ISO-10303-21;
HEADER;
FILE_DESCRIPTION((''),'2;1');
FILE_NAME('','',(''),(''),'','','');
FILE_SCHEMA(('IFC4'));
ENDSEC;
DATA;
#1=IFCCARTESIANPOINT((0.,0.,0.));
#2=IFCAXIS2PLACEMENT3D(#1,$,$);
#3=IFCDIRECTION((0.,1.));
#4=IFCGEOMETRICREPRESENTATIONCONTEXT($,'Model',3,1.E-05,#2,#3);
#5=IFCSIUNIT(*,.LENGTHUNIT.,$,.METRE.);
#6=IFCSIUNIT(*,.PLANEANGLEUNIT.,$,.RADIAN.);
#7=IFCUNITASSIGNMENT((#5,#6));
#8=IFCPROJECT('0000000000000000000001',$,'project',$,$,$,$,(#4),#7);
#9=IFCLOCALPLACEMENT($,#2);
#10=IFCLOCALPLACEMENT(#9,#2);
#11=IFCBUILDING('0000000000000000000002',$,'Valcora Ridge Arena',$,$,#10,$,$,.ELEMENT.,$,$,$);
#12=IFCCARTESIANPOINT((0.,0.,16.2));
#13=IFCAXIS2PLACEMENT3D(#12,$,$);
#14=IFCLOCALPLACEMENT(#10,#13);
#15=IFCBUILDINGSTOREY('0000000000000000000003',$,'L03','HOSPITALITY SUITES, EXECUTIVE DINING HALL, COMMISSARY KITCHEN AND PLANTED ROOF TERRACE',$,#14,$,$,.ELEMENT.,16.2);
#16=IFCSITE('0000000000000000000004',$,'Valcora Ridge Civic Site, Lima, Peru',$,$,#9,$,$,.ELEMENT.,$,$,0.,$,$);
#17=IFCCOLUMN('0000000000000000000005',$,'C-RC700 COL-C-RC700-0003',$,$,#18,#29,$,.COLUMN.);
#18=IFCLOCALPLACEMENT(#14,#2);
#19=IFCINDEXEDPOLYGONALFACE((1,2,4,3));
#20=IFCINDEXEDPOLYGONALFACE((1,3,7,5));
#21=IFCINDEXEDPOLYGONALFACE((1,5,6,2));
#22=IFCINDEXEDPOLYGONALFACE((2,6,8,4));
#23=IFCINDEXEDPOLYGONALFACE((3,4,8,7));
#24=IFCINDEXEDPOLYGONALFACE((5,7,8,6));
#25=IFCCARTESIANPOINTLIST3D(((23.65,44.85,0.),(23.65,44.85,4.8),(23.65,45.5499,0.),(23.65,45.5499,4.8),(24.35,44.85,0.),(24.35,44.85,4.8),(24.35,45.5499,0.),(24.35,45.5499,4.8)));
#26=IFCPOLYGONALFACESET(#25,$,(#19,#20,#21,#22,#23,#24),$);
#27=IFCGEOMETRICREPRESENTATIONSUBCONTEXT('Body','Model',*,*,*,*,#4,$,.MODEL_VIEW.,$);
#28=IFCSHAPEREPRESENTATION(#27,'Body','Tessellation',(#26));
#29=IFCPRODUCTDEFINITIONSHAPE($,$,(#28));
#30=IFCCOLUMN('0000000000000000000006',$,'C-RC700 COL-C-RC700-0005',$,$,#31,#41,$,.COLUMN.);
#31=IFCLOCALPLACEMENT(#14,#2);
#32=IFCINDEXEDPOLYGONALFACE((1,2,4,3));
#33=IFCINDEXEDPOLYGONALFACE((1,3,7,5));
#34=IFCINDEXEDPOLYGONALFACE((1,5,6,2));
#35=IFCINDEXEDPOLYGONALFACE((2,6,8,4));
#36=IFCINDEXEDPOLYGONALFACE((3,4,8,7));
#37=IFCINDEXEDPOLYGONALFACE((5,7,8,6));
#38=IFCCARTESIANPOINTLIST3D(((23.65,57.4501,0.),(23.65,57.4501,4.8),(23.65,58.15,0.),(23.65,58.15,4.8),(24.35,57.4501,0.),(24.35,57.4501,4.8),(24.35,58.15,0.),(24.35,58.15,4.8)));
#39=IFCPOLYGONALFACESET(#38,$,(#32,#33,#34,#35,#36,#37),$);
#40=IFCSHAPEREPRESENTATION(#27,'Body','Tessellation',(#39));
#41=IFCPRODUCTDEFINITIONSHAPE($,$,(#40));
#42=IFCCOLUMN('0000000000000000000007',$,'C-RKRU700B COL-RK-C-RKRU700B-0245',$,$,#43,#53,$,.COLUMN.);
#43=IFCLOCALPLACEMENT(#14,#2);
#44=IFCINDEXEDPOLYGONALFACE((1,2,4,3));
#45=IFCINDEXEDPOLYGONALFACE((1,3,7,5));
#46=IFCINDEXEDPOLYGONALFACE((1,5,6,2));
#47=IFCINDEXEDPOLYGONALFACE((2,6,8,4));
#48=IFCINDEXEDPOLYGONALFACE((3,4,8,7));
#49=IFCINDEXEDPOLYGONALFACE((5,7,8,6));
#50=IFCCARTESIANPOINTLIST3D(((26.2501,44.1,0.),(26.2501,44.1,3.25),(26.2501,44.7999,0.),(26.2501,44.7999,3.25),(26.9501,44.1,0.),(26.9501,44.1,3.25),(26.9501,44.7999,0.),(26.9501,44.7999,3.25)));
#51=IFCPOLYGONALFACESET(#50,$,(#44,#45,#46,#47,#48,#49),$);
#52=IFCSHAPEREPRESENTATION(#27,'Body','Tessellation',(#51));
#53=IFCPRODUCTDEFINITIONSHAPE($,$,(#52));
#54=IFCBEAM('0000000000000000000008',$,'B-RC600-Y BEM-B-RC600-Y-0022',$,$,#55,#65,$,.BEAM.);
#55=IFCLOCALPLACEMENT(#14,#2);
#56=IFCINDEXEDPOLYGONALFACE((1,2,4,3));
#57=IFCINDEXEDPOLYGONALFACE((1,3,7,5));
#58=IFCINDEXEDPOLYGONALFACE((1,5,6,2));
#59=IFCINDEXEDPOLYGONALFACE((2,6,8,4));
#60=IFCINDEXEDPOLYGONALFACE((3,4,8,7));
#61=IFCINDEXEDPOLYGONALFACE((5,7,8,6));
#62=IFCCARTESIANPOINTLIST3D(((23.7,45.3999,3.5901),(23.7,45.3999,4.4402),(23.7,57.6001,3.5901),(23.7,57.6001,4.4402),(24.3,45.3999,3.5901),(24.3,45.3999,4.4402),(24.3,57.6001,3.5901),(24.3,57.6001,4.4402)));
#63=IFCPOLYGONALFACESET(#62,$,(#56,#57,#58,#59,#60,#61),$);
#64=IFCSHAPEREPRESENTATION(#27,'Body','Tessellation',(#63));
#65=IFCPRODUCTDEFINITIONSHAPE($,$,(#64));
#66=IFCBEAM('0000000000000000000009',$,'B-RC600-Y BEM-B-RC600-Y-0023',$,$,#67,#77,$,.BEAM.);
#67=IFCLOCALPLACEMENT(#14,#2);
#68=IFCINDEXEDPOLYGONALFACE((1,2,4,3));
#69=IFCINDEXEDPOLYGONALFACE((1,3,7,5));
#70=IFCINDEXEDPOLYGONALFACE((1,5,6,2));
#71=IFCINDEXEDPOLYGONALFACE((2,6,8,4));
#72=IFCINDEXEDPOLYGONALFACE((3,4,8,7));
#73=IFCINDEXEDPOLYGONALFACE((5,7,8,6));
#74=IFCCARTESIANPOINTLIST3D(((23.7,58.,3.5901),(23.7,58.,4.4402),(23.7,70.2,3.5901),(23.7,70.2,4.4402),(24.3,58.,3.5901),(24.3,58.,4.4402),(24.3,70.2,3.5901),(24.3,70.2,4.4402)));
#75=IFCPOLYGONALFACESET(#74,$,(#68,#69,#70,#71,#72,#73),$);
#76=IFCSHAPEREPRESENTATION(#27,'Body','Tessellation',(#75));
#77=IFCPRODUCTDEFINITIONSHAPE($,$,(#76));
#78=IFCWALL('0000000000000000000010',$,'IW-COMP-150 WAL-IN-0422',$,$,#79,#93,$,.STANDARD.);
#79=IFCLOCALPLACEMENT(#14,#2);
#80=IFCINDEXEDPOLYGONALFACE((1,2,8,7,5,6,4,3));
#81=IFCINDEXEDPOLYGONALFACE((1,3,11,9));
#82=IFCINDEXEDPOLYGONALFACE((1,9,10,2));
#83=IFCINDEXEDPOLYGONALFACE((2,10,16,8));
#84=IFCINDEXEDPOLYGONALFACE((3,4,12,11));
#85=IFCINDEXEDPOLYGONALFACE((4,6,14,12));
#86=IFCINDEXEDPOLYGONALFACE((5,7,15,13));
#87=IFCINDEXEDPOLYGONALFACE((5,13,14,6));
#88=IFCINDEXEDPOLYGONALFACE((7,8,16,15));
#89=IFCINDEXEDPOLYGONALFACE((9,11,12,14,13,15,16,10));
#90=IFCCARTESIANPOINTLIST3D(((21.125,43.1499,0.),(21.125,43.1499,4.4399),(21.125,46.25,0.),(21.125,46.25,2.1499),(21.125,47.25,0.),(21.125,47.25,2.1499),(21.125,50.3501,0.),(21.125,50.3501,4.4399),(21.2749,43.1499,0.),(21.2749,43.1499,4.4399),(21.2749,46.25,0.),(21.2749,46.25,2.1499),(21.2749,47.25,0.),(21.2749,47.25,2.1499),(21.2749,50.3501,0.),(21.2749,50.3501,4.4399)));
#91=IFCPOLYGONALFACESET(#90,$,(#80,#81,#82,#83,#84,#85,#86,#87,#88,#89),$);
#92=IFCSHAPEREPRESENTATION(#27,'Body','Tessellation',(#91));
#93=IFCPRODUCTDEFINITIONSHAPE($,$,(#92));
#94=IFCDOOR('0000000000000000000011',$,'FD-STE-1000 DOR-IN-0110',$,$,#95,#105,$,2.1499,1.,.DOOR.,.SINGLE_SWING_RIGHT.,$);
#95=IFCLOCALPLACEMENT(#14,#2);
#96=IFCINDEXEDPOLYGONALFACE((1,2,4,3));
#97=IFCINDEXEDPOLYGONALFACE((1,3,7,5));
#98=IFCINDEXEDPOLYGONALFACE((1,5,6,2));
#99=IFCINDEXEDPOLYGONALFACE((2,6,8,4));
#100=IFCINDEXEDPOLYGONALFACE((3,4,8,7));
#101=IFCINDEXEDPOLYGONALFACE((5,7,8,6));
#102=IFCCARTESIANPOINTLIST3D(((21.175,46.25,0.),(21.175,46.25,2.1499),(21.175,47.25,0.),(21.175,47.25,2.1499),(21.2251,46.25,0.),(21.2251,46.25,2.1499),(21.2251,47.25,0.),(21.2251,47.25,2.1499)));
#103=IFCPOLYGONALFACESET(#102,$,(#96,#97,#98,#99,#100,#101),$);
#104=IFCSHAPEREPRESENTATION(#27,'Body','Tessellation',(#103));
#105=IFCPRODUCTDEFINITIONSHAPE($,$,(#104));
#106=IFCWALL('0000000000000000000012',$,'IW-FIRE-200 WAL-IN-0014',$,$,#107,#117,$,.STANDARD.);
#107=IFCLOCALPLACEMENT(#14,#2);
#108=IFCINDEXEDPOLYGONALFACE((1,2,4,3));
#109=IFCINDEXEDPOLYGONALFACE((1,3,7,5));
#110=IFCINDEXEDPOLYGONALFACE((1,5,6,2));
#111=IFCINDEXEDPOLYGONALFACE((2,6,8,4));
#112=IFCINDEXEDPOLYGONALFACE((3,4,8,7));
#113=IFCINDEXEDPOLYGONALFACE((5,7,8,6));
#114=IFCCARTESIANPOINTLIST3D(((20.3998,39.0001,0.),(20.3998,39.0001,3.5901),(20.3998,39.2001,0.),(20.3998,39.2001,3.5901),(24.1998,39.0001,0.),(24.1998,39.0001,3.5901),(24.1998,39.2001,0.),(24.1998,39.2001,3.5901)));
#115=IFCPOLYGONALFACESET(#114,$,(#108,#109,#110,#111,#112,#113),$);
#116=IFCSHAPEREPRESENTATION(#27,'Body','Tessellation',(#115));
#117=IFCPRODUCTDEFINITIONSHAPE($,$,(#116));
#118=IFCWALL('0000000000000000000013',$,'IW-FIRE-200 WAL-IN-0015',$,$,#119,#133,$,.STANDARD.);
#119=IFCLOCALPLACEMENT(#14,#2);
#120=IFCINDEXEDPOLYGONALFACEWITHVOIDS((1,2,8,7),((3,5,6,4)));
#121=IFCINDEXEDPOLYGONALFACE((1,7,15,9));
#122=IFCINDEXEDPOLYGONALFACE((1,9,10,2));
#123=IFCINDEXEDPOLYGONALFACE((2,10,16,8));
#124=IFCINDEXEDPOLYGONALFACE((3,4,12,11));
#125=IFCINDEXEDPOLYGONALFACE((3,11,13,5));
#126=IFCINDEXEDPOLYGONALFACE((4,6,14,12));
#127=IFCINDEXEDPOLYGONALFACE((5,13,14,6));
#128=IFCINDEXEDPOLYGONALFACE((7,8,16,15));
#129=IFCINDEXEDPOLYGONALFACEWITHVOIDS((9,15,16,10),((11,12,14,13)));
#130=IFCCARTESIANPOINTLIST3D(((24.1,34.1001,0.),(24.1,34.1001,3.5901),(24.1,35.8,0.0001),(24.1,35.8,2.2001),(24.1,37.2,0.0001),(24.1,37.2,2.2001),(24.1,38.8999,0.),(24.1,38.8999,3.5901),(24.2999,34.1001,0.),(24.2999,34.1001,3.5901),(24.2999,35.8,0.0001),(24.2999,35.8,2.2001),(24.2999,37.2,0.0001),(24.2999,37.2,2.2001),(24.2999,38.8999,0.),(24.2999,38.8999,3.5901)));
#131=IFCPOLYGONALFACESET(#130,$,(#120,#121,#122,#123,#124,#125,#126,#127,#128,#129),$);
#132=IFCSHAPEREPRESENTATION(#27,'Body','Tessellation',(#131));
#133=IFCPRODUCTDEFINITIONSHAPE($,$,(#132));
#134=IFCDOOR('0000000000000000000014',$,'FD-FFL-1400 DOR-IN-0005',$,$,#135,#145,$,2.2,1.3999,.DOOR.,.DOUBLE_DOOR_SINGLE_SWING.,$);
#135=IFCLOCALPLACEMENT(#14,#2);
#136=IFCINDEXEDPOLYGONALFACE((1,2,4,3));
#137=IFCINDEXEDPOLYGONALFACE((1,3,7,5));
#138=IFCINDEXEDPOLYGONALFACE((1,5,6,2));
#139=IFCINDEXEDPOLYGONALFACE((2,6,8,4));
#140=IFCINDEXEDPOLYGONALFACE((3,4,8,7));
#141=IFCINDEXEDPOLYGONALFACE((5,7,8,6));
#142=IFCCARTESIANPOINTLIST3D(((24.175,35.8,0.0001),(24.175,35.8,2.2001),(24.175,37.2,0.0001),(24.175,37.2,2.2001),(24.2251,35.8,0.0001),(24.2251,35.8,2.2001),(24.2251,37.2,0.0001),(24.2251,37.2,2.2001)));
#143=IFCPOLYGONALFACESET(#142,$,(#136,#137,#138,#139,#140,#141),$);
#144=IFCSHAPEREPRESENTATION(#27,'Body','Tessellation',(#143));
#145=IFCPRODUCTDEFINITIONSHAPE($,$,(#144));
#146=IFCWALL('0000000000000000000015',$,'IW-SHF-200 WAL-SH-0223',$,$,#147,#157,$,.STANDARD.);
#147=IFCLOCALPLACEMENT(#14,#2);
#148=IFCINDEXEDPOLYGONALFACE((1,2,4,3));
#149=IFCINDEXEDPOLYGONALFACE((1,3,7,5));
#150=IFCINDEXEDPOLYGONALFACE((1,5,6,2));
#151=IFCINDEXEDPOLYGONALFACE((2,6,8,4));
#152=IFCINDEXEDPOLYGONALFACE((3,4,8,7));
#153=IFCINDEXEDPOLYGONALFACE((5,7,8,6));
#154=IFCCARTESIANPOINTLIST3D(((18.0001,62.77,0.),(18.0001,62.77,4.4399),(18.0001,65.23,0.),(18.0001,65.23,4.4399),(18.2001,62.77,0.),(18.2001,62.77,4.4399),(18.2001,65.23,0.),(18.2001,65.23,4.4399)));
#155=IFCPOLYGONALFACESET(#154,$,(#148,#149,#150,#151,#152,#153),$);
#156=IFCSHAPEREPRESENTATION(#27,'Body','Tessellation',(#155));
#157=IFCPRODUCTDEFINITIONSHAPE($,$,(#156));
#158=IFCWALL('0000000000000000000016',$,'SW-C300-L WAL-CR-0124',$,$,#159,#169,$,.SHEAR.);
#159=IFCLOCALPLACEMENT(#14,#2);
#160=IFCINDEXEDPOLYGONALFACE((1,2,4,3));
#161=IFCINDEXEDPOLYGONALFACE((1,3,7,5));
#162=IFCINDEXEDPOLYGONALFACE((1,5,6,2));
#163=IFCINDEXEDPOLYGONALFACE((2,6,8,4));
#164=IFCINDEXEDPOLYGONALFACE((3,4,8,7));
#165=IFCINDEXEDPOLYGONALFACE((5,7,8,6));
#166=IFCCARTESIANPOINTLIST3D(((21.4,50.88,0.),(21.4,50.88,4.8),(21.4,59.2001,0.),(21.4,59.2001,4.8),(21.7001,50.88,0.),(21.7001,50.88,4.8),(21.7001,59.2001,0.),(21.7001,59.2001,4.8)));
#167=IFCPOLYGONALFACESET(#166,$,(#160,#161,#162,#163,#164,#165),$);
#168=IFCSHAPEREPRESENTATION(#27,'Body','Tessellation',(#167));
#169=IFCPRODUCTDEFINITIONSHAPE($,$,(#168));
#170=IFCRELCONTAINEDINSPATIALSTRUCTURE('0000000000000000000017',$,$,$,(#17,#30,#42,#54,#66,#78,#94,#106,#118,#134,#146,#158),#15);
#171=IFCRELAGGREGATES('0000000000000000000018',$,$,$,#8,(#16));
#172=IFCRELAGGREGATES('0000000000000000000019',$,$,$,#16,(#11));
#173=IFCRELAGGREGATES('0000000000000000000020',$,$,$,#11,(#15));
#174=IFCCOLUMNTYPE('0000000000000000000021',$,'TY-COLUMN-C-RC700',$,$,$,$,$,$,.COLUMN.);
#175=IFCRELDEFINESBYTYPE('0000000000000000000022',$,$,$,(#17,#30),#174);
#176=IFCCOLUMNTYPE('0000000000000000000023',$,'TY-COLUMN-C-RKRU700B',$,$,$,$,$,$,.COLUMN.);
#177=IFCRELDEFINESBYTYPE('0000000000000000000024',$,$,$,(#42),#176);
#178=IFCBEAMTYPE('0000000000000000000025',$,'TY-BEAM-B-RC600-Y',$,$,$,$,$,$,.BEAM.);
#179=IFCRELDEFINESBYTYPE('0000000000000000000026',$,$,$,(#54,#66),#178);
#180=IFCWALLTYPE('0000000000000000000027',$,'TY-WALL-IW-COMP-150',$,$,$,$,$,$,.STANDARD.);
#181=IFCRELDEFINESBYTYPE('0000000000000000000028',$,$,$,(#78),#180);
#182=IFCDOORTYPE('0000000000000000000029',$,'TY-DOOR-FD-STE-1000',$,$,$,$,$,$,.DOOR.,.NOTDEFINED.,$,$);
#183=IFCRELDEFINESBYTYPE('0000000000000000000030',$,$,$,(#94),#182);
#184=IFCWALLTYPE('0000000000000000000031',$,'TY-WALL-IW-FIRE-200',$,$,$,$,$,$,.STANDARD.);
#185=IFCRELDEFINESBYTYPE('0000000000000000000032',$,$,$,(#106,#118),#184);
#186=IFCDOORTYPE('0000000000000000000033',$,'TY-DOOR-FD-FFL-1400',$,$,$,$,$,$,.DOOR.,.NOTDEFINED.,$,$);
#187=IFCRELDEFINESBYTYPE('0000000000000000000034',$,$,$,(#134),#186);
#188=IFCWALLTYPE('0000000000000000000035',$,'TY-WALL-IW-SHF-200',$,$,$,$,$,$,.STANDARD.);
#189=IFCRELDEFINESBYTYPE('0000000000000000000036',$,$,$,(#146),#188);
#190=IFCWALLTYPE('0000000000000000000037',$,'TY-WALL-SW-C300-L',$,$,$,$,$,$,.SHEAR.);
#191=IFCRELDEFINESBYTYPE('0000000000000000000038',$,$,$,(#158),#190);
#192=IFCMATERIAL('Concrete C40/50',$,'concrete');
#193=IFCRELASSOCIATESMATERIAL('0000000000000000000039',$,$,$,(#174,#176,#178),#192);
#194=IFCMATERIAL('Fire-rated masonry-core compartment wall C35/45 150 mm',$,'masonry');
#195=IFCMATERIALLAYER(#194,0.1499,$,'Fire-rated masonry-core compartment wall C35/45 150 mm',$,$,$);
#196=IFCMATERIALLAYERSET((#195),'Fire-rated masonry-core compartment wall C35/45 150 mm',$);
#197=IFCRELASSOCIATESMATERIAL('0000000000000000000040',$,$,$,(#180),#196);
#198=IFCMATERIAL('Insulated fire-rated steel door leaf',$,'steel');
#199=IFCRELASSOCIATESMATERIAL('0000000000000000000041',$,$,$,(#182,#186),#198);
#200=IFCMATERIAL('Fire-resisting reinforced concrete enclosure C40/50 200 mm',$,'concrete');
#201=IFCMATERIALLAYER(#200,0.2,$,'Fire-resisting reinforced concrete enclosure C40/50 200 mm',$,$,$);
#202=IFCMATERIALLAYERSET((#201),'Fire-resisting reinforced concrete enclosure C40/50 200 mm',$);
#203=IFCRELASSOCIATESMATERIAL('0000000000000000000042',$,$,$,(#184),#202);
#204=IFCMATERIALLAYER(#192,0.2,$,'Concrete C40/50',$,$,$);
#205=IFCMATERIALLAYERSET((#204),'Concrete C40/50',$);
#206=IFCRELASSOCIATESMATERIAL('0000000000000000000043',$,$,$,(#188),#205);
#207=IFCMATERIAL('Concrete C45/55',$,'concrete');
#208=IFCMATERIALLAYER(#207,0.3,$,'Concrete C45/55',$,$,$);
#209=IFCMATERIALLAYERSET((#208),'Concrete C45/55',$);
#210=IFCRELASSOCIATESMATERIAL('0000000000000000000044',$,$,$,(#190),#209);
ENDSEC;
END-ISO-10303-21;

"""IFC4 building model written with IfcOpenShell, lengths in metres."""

from ifc_helpers import new_model, si_unit, direction, frame, frame_2d, origin, origin_2d, place, context, subcontext, project, spatial, rectangle, extrude, material, layer, layer_set, material_profile, profile_set, type_object, element, fill, save


model = new_model("IFC4")

# Units and contexts
model_context = context("Model", 3, precision=1e-05, world=origin(), true_north=direction((0.0, 1.0)))
body_context = subcontext(model_context, "Body", "Model", "MODEL_VIEW")
ifc_project = project(units=[si_unit("LENGTHUNIT", "METRE"), si_unit("PLANEANGLEUNIT", "RADIAN")], contexts=[model_context])

# Site, building, storey
site_placement = place(None, origin())
site = spatial("IfcSite", under=ifc_project, at=site_placement, Name="Valcora Ridge Civic Site, Lima, Peru", CompositionType="ELEMENT", RefElevation=0.0)
building_placement = place(site_placement, origin())
building = spatial("IfcBuilding", under=site, at=building_placement, Name="Valcora Ridge Arena", CompositionType="ELEMENT")
storey_placement = place(building_placement, frame((0.0, 0.0, 16.2)))
storey = spatial("IfcBuildingStorey", under=building, at=storey_placement, Name="L03", Description="HOSPITALITY SUITES, EXECUTIVE DINING HALL, COMMISSARY KITCHEN AND PLANTED ROOF TERRACE", CompositionType="ELEMENT", Elevation=16.2)

# Columns
ifc_material_1 = material(Name="Concrete C40/50", Category="concrete")
ifc_material_profile_1 = material_profile(ifc_material_1, rectangle(XDim=0.7, YDim=0.7, at=origin_2d()), Name="RC 700x700")
ifc_profile_set_1 = profile_set([ifc_material_profile_1], Name="Concrete C40/50")
column_type_1 = type_object("IfcColumnType", Name="TY-COLUMN-C-RC700", PredefinedType="COLUMN", material=ifc_profile_set_1)
for number, where, z_axis, x_axis, name in (
    (1, (24.0, 45.2, 0.0), (0.0, 0.0, 1.0), (1.0, 0.0, 0.0), "C-RC700 COL-C-RC700-0003"),
    (2, (24.0, 57.8, 0.0), (0.0, 0.0, 1.0), (1.0, 0.0, 0.0), "C-RC700 COL-C-RC700-0005"),
):
    element("IfcColumn", number, at=place(storey_placement, frame(where, z_axis=z_axis, x_axis=x_axis)), inside=storey, type_object=column_type_1, Name=name, PredefinedType="COLUMN", context=body_context, shape_type="SweptSolid", body=[
        extrude(rectangle(XDim=0.7, YDim=0.7, at=origin_2d()), origin(), (0.0, 0.0, 1.0), 4.8),
    ])
ifc_material_profile_2 = material_profile(ifc_material_1, rectangle(XDim=0.7, YDim=0.7, at=origin_2d()), Name="RC 700x700")
ifc_profile_set_2 = profile_set([ifc_material_profile_2], Name="Concrete C40/50")
column_type_2 = type_object("IfcColumnType", Name="TY-COLUMN-C-RKRU700B", PredefinedType="COLUMN", material=ifc_profile_set_2)
column_placement = place(storey_placement, frame((26.6001, 44.45, 0.0), z_axis=(0.0, 0.0, 1.0), x_axis=(1.0, 0.0, 0.0)))
element("IfcColumn", 3, at=column_placement, inside=storey, type_object=column_type_2, Name="C-RKRU700B COL-RK-C-RKRU700B-0245", PredefinedType="COLUMN", context=body_context, shape_type="SweptSolid", body=[
    extrude(rectangle(XDim=0.7, YDim=0.7, at=origin_2d()), origin(), (0.0, 0.0, 1.0), 3.25),
])

# Beams
ifc_material_profile_3 = material_profile(ifc_material_1, rectangle(XDim=0.6001, YDim=0.8501, at=origin_2d()), Name="RC 600x850")
ifc_profile_set_3 = profile_set([ifc_material_profile_3], Name="Concrete C40/50")
beam_type = type_object("IfcBeamType", Name="TY-BEAM-B-RC600-Y", PredefinedType="BEAM", material=ifc_profile_set_3)
beam_1_placement = place(storey_placement, frame((24.0, 45.3999, 4.0151), z_axis=(0.0, 1.0, 0.0), x_axis=(-1.0, 0.0, 0.0)))
element("IfcBeam", 4, at=beam_1_placement, inside=storey, type_object=beam_type, Name="B-RC600-Y BEM-B-RC600-Y-0022", PredefinedType="BEAM", context=body_context, shape_type="SweptSolid", body=[
    extrude(rectangle(XDim=0.6001, YDim=0.8501, at=origin_2d()), origin(), (0.0, 0.0, 1.0), 12.2002),
])
beam_2_placement = place(storey_placement, frame((24.0, 58.0, 4.0151), z_axis=(0.0, 1.0, 0.0), x_axis=(-1.0, 0.0, 0.0)))
element("IfcBeam", 5, at=beam_2_placement, inside=storey, type_object=beam_type, Name="B-RC600-Y BEM-B-RC600-Y-0023", PredefinedType="BEAM", context=body_context, shape_type="SweptSolid", body=[
    extrude(rectangle(XDim=0.6001, YDim=0.8501, at=origin_2d()), origin(), (0.0, 0.0, 1.0), 12.2),
])

# Wall, opening, door
ifc_material_2 = material(Name="Fire-rated masonry-core compartment wall C35/45 150 mm", Category="masonry")
ifc_layer_1 = layer(ifc_material_2, 0.1499, Name="Fire-rated masonry-core compartment wall C35/45 150 mm")
ifc_layer_set_1 = layer_set([ifc_layer_1], Name="Fire-rated masonry-core compartment wall C35/45 150 mm")
wall_type_1 = type_object("IfcWallType", Name="TY-WALL-IW-COMP-150", PredefinedType="STANDARD", material=ifc_layer_set_1)
wall_1_placement = place(storey_placement, frame((21.2, 43.1499, 0.0), z_axis=(0.0, 0.0, 1.0), x_axis=(0.0, 1.0, 0.0)))
wall_1 = element("IfcWall", 6, at=wall_1_placement, inside=storey, type_object=wall_type_1, Name="IW-COMP-150 WAL-IN-0422", PredefinedType="STANDARD", context=body_context, shape_type="SweptSolid", body=[
    extrude(rectangle(XDim=7.2002, YDim=0.1499, at=frame_2d((3.6001, 0.0))), origin(), (0.0, 0.0, 1.0), 4.4399),
])
opening_1_placement = place(wall_1_placement, frame((3.1001, 0.0, 0.0)))
opening_1 = element("IfcOpeningElement", 7, at=opening_1_placement, cuts=wall_1, PredefinedType="OPENING", context=body_context, shape_type="SweptSolid", body=[
    extrude(rectangle(XDim=1.0, YDim=2.1499, at=frame_2d((0.5, 1.075))), frame((0.0, 0.085, 0.0), z_axis=(0.0, -1.0, 0.0), x_axis=(1.0, 0.0, 0.0)), (0.0, 0.0, 1.0), 0.1699),
])
ifc_material_3 = material(Name="Insulated fire-rated steel door leaf", Category="steel")
door_type_1 = type_object("IfcDoorType", Name="TY-DOOR-FD-STE-1000", OperationType="NOTDEFINED", PredefinedType="DOOR", material=ifc_material_3)
door_1_placement = place(opening_1_placement, origin())
door_1 = element("IfcDoor", 8, at=door_1_placement, inside=storey, type_object=door_type_1, Name="FD-STE-1000 DOR-IN-0110", OperationType="SINGLE_SWING_RIGHT", OverallHeight=2.1499, OverallWidth=1.0, PredefinedType="DOOR", context=body_context, shape_type="SweptSolid", body=[
    extrude(rectangle(XDim=1.0, YDim=2.1499, at=frame_2d((0.5, 1.075))), frame((0.0, 0.0249, 0.0), z_axis=(0.0, -1.0, 0.0), x_axis=(1.0, 0.0, 0.0)), (0.0, 0.0, 1.0), 0.05),
])
fill(opening_1, door_1)

# Wall
ifc_material_4 = material(Name="Fire-resisting reinforced concrete enclosure C40/50 200 mm", Category="concrete")
ifc_layer_2 = layer(ifc_material_4, 0.2, Name="Fire-resisting reinforced concrete enclosure C40/50 200 mm")
ifc_layer_set_2 = layer_set([ifc_layer_2], Name="Fire-resisting reinforced concrete enclosure C40/50 200 mm")
wall_type_2 = type_object("IfcWallType", Name="TY-WALL-IW-FIRE-200", PredefinedType="STANDARD", material=ifc_layer_set_2)
wall_2_placement = place(storey_placement, frame((20.3999, 39.1001, 0.0), z_axis=(0.0, 0.0, 1.0), x_axis=(1.0, 0.0, 0.0)))
element("IfcWall", 9, at=wall_2_placement, inside=storey, type_object=wall_type_2, Name="IW-FIRE-200 WAL-IN-0014", PredefinedType="STANDARD", context=body_context, shape_type="SweptSolid", body=[
    extrude(rectangle(XDim=3.8, YDim=0.2, at=frame_2d((1.8999, 0.0))), origin(), (0.0, 0.0, 1.0), 3.5901),
])

# Wall, opening, door
wall_3_placement = place(storey_placement, frame((24.2, 34.1001, 0.0), z_axis=(0.0, 0.0, 1.0), x_axis=(0.0, 1.0, 0.0)))
wall_3 = element("IfcWall", 10, at=wall_3_placement, inside=storey, type_object=wall_type_2, Name="IW-FIRE-200 WAL-IN-0015", PredefinedType="STANDARD", context=body_context, shape_type="SweptSolid", body=[
    extrude(rectangle(XDim=4.7998, YDim=0.2, at=frame_2d((2.3999, 0.0))), origin(), (0.0, 0.0, 1.0), 3.5901),
])
opening_2_placement = place(wall_3_placement, frame((1.7, 0.0, 0.0)))
opening_2 = element("IfcOpeningElement", 11, at=opening_2_placement, cuts=wall_3, PredefinedType="OPENING", context=body_context, shape_type="SweptSolid", body=[
    extrude(rectangle(XDim=1.3999, YDim=2.2, at=frame_2d((0.7, 1.1001))), frame((0.0, 0.1099, 0.0), z_axis=(0.0, -1.0, 0.0), x_axis=(1.0, 0.0, 0.0)), (0.0, 0.0, 1.0), 0.22),
])
door_type_2 = type_object("IfcDoorType", Name="TY-DOOR-FD-FFL-1400", OperationType="NOTDEFINED", PredefinedType="DOOR", material=ifc_material_3)
door_2_placement = place(opening_2_placement, origin())
door_2 = element("IfcDoor", 12, at=door_2_placement, inside=storey, type_object=door_type_2, Name="FD-FFL-1400 DOR-IN-0005", OperationType="DOUBLE_DOOR_SINGLE_SWING", OverallHeight=2.2, OverallWidth=1.3999, PredefinedType="DOOR", context=body_context, shape_type="SweptSolid", body=[
    extrude(rectangle(XDim=1.3999, YDim=2.2, at=frame_2d((0.7, 1.1001))), frame((0.0, 0.0249, 0.0), z_axis=(0.0, -1.0, 0.0), x_axis=(1.0, 0.0, 0.0)), (0.0, 0.0, 1.0), 0.05),
])
fill(opening_2, door_2)
ifc_layer_3 = layer(ifc_material_1, 0.2, Name="Concrete C40/50")
ifc_layer_set_3 = layer_set([ifc_layer_3], Name="Concrete C40/50")
wall_type_3 = type_object("IfcWallType", Name="TY-WALL-IW-SHF-200", PredefinedType="STANDARD", material=ifc_layer_set_3)

# Wall
wall_4_placement = place(storey_placement, frame((18.1001, 62.77, 0.0), z_axis=(0.0, 0.0, 1.0), x_axis=(0.0, 1.0, 0.0)))
element("IfcWall", 13, at=wall_4_placement, inside=storey, type_object=wall_type_3, Name="IW-SHF-200 WAL-SH-0223", PredefinedType="STANDARD", context=body_context, shape_type="SweptSolid", body=[
    extrude(rectangle(XDim=2.46, YDim=0.2, at=frame_2d((1.23, 0.0))), origin(), (0.0, 0.0, 1.0), 4.4399),
])

# Wall
ifc_material_5 = material(Name="Concrete C45/55", Category="concrete")
ifc_layer_4 = layer(ifc_material_5, 0.3, Name="Concrete C45/55")
ifc_layer_set_4 = layer_set([ifc_layer_4], Name="Concrete C45/55")
wall_type_4 = type_object("IfcWallType", Name="TY-WALL-SW-C300-L", PredefinedType="SHEAR", material=ifc_layer_set_4)
wall_5_placement = place(storey_placement, frame((21.55, 50.8799, 0.0), z_axis=(0.0, 0.0, 1.0), x_axis=(0.0, 1.0, 0.0)))
element("IfcWall", 14, at=wall_5_placement, inside=storey, type_object=wall_type_4, Name="SW-C300-L WAL-CR-0124", PredefinedType="SHEAR", context=body_context, shape_type="SweptSolid", body=[
    extrude(rectangle(XDim=8.3201, YDim=0.3, at=frame_2d((4.1602, 0.0))), origin(), (0.0, 0.0, 1.0), 4.8),
])

save(model, "model.ifc")
